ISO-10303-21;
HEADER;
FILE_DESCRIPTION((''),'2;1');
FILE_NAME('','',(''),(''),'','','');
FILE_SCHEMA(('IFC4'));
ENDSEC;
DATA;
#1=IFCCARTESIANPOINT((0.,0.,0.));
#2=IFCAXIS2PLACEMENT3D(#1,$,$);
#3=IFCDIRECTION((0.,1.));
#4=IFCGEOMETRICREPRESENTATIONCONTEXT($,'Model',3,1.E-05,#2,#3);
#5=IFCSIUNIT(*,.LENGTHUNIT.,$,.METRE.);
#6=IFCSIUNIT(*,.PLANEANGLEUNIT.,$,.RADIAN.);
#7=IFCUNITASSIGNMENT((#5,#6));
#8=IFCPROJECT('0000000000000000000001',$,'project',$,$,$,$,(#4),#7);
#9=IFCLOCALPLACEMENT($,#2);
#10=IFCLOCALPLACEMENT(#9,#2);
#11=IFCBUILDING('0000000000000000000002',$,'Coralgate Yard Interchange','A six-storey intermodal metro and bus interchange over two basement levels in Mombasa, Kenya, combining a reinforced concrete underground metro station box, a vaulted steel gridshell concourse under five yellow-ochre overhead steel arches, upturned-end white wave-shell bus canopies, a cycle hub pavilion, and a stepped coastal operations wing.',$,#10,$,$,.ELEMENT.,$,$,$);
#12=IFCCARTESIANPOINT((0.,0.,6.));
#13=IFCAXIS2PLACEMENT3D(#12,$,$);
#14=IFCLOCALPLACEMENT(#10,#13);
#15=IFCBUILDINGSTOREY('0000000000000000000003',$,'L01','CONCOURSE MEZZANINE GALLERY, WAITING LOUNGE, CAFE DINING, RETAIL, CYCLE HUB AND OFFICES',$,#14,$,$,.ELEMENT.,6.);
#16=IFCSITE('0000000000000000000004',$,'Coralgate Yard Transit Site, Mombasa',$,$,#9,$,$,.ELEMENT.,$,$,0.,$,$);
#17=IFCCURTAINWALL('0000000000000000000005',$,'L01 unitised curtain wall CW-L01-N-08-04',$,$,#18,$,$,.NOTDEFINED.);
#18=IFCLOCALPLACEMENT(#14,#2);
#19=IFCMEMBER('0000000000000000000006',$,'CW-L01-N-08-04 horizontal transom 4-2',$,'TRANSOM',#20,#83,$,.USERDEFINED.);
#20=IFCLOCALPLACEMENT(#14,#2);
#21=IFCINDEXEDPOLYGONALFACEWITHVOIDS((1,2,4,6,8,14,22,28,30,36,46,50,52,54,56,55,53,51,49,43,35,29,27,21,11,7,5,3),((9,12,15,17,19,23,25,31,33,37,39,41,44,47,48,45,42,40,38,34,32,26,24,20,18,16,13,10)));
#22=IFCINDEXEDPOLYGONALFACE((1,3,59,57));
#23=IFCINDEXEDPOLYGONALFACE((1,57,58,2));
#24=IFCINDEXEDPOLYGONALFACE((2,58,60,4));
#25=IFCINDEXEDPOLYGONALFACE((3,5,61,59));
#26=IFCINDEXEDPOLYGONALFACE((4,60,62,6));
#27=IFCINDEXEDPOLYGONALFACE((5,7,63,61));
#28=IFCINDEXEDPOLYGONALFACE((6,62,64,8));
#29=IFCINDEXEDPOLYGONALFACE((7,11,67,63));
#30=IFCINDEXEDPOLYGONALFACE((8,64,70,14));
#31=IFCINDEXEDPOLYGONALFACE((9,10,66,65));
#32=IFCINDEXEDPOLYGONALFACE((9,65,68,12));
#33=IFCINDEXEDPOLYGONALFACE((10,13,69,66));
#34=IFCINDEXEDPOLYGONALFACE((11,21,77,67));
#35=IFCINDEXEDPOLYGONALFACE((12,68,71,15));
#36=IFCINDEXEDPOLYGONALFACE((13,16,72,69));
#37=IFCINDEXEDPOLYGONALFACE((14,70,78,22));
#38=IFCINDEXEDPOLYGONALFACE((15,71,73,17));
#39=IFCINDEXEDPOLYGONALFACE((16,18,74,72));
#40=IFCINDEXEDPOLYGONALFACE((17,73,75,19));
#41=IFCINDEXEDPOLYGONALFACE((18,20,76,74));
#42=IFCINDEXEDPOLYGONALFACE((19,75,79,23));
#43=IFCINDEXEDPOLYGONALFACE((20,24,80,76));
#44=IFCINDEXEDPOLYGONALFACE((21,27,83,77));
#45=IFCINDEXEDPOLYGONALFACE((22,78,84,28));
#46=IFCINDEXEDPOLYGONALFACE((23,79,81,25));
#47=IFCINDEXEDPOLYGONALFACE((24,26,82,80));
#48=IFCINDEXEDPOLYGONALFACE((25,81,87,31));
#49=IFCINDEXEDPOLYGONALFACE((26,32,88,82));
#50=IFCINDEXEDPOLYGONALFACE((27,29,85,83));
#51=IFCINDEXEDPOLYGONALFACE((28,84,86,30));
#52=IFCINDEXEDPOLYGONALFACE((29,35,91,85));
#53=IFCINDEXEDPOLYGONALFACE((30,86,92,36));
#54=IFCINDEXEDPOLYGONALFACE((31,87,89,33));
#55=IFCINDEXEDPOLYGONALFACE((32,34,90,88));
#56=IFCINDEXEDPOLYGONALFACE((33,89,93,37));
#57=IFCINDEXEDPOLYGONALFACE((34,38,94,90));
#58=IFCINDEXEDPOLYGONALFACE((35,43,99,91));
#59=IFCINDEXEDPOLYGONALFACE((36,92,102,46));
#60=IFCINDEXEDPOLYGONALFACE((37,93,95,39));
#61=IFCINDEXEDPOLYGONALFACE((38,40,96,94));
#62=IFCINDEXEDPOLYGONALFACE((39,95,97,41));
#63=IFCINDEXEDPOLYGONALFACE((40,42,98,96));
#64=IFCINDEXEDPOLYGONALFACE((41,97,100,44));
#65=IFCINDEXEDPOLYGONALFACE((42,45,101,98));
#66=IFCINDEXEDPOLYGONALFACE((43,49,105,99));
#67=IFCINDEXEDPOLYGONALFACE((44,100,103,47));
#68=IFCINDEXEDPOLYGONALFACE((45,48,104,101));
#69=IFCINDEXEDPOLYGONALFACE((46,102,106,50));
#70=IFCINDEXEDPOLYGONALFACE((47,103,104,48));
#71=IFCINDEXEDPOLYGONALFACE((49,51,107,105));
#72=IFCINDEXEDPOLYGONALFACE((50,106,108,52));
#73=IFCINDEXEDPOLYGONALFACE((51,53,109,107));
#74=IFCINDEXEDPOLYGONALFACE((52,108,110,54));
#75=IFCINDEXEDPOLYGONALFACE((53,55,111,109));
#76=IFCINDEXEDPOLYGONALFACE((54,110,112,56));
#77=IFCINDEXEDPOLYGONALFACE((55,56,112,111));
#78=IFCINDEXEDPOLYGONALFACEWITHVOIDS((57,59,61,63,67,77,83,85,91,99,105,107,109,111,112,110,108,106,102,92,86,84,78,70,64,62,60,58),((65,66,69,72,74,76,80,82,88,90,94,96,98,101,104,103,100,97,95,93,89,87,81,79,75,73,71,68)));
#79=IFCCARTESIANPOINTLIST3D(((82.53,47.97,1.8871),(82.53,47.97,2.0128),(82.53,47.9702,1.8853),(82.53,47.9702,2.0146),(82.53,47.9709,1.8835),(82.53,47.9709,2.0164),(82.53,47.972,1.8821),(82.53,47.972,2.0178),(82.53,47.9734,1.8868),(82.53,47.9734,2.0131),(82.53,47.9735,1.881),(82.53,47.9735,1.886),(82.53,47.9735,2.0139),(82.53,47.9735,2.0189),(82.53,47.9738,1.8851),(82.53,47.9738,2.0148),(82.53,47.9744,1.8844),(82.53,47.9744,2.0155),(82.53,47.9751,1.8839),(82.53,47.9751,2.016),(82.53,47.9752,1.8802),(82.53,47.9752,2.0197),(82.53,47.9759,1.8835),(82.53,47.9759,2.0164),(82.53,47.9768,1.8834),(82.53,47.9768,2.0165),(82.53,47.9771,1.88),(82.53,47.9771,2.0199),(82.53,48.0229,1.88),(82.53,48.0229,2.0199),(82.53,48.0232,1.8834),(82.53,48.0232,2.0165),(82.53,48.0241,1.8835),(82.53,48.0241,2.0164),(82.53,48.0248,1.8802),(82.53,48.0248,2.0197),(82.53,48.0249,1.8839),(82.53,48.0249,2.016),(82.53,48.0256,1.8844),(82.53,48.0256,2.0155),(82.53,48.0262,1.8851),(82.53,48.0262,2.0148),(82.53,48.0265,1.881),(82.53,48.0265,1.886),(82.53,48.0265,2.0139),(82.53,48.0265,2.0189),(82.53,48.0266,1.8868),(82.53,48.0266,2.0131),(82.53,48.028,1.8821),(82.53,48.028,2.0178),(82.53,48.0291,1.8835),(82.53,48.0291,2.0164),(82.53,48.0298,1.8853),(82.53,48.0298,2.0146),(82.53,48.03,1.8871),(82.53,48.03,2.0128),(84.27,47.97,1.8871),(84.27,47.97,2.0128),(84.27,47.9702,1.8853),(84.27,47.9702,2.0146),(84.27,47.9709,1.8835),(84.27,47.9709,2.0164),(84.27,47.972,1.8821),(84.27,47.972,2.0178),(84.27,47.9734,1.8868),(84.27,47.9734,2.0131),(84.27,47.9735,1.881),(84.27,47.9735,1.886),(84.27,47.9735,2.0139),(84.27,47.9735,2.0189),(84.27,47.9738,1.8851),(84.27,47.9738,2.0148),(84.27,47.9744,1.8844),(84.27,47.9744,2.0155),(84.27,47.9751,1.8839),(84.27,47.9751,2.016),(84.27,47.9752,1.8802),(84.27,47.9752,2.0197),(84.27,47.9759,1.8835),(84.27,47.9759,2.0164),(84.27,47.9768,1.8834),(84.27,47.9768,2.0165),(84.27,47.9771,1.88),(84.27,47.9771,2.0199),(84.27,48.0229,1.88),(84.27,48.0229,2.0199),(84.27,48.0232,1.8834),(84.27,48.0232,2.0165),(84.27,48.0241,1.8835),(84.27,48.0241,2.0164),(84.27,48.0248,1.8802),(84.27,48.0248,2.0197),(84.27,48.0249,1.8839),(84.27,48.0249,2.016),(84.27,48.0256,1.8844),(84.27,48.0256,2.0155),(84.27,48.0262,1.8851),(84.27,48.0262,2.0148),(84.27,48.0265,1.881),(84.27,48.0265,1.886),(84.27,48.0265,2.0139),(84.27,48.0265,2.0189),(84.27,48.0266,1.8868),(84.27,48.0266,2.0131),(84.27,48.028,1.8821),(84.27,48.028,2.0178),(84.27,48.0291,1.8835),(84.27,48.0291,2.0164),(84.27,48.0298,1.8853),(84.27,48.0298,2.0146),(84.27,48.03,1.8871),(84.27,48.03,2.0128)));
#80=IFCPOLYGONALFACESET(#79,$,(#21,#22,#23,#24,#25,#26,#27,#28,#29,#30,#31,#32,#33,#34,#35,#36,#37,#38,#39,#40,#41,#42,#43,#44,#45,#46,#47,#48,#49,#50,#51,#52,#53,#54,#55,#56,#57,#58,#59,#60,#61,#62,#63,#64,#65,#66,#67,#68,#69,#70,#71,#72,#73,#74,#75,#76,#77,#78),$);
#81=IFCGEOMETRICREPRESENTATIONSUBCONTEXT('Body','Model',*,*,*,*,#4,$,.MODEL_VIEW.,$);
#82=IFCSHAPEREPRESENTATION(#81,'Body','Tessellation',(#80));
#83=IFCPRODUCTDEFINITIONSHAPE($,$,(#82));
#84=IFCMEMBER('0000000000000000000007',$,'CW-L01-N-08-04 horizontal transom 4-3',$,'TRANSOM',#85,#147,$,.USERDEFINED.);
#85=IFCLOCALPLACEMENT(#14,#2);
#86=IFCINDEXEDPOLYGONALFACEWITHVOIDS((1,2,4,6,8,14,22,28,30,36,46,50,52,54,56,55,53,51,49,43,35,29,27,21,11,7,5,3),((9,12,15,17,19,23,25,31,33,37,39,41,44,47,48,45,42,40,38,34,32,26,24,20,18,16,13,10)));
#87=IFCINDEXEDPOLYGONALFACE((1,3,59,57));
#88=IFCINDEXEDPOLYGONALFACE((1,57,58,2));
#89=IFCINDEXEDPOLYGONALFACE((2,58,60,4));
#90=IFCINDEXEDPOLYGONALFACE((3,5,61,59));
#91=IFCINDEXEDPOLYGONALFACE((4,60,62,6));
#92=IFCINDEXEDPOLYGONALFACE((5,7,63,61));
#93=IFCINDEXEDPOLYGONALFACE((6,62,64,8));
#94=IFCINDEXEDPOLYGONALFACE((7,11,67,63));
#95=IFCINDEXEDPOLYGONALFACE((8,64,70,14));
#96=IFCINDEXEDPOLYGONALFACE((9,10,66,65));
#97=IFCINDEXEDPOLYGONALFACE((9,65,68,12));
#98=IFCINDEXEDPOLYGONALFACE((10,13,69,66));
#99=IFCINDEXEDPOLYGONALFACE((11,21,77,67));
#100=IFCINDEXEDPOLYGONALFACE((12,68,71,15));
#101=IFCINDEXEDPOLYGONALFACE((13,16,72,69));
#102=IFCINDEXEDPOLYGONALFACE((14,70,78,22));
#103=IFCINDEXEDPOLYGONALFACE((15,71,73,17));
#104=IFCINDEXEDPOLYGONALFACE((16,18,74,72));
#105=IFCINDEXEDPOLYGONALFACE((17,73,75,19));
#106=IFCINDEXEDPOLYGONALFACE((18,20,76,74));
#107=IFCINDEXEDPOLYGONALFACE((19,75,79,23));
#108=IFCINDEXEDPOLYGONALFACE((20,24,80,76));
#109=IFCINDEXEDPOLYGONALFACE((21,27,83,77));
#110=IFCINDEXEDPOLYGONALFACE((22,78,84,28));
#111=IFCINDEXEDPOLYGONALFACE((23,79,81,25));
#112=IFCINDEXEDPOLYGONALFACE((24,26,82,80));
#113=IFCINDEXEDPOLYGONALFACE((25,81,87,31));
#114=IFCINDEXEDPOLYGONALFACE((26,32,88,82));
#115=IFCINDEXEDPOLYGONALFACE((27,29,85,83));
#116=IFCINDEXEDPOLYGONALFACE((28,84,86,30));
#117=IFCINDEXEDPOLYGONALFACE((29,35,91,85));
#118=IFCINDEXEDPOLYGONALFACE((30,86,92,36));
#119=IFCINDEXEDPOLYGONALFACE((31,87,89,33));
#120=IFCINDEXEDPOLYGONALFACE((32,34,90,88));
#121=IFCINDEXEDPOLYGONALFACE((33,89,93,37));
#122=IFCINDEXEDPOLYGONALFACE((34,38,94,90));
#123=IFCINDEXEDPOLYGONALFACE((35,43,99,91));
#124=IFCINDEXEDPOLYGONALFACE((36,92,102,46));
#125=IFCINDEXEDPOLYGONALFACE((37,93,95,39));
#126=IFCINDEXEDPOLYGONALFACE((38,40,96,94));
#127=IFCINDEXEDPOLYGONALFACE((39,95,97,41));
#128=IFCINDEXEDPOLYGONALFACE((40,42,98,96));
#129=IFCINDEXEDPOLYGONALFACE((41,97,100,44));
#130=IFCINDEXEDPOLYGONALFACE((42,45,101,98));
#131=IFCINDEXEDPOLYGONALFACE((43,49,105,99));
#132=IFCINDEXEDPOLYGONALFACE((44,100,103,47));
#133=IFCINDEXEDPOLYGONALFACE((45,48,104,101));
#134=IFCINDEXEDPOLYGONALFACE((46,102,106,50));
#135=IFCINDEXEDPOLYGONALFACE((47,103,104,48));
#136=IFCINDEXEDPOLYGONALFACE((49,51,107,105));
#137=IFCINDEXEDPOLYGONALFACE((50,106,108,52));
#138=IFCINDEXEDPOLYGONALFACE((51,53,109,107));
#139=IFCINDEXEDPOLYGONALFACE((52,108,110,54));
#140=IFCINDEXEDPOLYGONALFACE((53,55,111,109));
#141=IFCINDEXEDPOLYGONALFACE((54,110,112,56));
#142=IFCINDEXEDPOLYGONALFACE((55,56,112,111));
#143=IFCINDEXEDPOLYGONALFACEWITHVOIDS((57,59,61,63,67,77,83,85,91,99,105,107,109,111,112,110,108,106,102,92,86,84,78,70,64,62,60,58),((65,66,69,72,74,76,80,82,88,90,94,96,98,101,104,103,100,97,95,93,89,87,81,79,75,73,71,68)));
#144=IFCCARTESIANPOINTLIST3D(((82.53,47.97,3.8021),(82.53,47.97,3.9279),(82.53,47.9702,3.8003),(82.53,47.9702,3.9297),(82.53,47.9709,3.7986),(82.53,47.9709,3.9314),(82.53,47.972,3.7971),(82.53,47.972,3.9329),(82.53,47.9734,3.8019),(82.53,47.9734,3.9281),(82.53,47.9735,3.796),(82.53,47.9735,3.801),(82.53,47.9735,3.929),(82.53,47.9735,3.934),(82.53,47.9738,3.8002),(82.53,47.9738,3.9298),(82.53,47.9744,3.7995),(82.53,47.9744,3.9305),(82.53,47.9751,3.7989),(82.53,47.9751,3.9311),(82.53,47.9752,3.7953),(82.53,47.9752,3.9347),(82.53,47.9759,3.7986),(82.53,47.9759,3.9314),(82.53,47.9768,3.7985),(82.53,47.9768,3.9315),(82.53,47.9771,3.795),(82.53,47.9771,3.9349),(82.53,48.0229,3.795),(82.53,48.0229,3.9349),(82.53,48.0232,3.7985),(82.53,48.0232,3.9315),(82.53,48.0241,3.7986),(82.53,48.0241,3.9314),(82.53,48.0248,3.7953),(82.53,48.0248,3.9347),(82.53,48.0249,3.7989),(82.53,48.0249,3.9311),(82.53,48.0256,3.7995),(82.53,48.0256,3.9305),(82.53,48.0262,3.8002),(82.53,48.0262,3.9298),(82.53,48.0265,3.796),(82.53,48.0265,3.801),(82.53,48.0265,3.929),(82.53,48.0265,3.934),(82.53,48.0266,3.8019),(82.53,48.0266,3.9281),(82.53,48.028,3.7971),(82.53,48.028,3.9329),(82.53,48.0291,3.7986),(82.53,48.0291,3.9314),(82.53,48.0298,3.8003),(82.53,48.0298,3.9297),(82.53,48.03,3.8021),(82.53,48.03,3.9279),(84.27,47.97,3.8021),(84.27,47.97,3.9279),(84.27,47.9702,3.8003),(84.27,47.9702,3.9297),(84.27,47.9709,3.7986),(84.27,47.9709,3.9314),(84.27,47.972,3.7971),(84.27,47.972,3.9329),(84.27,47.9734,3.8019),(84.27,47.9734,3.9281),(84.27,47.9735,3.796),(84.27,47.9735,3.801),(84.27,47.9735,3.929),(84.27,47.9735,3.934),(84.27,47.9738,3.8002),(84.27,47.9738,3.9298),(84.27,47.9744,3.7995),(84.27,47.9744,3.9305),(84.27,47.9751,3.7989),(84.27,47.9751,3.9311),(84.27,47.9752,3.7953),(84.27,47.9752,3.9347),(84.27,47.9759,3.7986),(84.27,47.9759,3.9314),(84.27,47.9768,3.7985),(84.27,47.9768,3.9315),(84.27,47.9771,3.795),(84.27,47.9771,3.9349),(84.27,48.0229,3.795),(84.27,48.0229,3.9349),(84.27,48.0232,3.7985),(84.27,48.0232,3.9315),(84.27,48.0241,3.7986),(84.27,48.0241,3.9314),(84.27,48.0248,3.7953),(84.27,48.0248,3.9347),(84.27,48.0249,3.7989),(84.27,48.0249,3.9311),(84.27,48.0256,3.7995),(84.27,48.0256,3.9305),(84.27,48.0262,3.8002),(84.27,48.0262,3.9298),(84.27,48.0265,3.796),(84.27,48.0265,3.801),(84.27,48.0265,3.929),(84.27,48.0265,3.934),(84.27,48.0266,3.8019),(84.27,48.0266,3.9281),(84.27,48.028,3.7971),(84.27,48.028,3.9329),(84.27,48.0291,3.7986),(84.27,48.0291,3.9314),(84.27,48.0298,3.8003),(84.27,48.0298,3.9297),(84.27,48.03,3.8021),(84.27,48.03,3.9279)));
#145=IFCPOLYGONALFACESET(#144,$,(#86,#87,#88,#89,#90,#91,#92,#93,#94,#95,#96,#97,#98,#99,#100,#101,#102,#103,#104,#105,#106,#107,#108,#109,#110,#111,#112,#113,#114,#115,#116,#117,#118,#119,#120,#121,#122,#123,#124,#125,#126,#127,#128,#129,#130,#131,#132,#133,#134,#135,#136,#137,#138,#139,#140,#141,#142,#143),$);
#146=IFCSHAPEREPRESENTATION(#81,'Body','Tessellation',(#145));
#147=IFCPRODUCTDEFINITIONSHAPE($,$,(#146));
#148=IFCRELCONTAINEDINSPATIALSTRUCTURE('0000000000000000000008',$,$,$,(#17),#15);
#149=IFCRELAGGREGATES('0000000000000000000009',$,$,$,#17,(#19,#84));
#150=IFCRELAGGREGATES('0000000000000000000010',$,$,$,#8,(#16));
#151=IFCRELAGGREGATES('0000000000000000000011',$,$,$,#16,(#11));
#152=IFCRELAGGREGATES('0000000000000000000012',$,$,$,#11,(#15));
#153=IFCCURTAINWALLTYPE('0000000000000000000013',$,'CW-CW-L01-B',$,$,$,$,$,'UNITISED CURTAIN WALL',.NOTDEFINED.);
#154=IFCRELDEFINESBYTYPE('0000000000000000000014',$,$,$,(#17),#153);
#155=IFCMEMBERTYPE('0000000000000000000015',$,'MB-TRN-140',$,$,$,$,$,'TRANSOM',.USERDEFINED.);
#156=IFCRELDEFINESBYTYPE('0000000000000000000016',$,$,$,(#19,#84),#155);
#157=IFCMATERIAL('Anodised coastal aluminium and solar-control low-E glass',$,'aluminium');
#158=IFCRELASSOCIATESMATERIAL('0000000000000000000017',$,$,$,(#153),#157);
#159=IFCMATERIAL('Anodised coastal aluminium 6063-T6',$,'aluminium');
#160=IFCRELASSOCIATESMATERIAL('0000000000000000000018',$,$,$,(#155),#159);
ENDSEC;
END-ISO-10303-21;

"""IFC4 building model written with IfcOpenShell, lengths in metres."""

from ifc_helpers import new_model, si_unit, direction, frame, origin, origin_2d, place, context, subcontext, project, spatial, hollow_rectangle, extrude, material, material_profile, profile_set, type_object, element, aggregate, save


model = new_model("IFC4")

# Units and contexts
model_context = context("Model", 3, precision=1e-05, world=origin(), true_north=direction((0.0, 1.0)))
body_context = subcontext(model_context, "Body", "Model", "MODEL_VIEW")
ifc_project = project(units=[si_unit("LENGTHUNIT", "METRE"), si_unit("PLANEANGLEUNIT", "RADIAN")], contexts=[model_context])

# Site, building, storey
site_placement = place(None, origin())
site = spatial("IfcSite", under=ifc_project, at=site_placement, Name="Coralgate Yard Transit Site, Mombasa", CompositionType="ELEMENT", RefElevation=0.0)
building_placement = place(site_placement, origin())
building = spatial("IfcBuilding", under=site, at=building_placement, Name="Coralgate Yard Interchange", Description="A six-storey intermodal metro and bus interchange over two basement levels in Mombasa, Kenya, combining a reinforced concrete underground metro station box, a vaulted steel gridshell concourse under five yellow-ochre overhead steel arches, upturned-end white wave-shell bus canopies, a cycle hub pavilion, and a stepped coastal operations wing.", CompositionType="ELEMENT")
storey_placement = place(building_placement, frame((0.0, 0.0, 6.0)))
storey = spatial("IfcBuildingStorey", under=building, at=storey_placement, Name="L01", Description="CONCOURSE MEZZANINE GALLERY, WAITING LOUNGE, CAFE DINING, RETAIL, CYCLE HUB AND OFFICES", CompositionType="ELEMENT", Elevation=6.0)

# Curtain wall, members
ifc_material_1 = material(Name="Anodised coastal aluminium and solar-control low-E glass", Category="aluminium")
curtain_wall_type = type_object("IfcCurtainWallType", Name="CW-CW-L01-B", ElementType="UNITISED CURTAIN WALL", PredefinedType="NOTDEFINED", material=ifc_material_1)
curtain_wall_placement = place(storey_placement, origin())
curtain_wall = element("IfcCurtainWall", 1, at=curtain_wall_placement, inside=storey, type_object=curtain_wall_type, Name="L01 unitised curtain wall CW-L01-N-08-04", PredefinedType="NOTDEFINED")
ifc_material_2 = material(Name="Anodised coastal aluminium 6063-T6", Category="aluminium")
ifc_material_profile_1 = material_profile(ifc_material_2, hollow_rectangle(XDim=0.0601, YDim=0.1399, WallThickness=0.0034, InnerFilletRadius=0.0034, OuterFilletRadius=0.0071, at=origin_2d()), Name="ALU 60x140x3.5")
ifc_profile_set_1 = profile_set([ifc_material_profile_1], Name="Anodised coastal aluminium 6063-T6")
member_type_1 = type_object("IfcMemberType", Name="MB-TRN-140", ElementType="TRANSOM", PredefinedType="USERDEFINED", material=ifc_profile_set_1)
member_1_placement = place(storey_placement, frame((82.53, 48.0, 1.95), z_axis=(1.0, 0.0, 0.0), x_axis=(0.0, 1.0, 0.0)))
member_1 = element("IfcMember", 2, at=member_1_placement, type_object=member_type_1, Name="CW-L01-N-08-04 horizontal transom 4-2", ObjectType="TRANSOM", PredefinedType="USERDEFINED", context=body_context, shape_type="SweptSolid", body=[
    extrude(hollow_rectangle(XDim=0.0601, YDim=0.1399, WallThickness=0.0034, InnerFilletRadius=0.0034, OuterFilletRadius=0.0071, at=origin_2d()), origin(), (0.0, 0.0, 1.0), 1.74),
])
member_2_placement = place(storey_placement, frame((82.53, 48.0, 3.865), z_axis=(1.0, 0.0, 0.0), x_axis=(0.0, 1.0, 0.0)))
member_2 = element("IfcMember", 3, at=member_2_placement, type_object=member_type_1, Name="CW-L01-N-08-04 horizontal transom 4-3", ObjectType="TRANSOM", PredefinedType="USERDEFINED", context=body_context, shape_type="SweptSolid", body=[
    extrude(hollow_rectangle(XDim=0.0601, YDim=0.1399, WallThickness=0.0034, InnerFilletRadius=0.0034, OuterFilletRadius=0.0071, at=origin_2d()), origin(), (0.0, 0.0, 1.0), 1.74),
])
aggregate(curtain_wall, [member_1, member_2])

save(model, "model.ifc")
